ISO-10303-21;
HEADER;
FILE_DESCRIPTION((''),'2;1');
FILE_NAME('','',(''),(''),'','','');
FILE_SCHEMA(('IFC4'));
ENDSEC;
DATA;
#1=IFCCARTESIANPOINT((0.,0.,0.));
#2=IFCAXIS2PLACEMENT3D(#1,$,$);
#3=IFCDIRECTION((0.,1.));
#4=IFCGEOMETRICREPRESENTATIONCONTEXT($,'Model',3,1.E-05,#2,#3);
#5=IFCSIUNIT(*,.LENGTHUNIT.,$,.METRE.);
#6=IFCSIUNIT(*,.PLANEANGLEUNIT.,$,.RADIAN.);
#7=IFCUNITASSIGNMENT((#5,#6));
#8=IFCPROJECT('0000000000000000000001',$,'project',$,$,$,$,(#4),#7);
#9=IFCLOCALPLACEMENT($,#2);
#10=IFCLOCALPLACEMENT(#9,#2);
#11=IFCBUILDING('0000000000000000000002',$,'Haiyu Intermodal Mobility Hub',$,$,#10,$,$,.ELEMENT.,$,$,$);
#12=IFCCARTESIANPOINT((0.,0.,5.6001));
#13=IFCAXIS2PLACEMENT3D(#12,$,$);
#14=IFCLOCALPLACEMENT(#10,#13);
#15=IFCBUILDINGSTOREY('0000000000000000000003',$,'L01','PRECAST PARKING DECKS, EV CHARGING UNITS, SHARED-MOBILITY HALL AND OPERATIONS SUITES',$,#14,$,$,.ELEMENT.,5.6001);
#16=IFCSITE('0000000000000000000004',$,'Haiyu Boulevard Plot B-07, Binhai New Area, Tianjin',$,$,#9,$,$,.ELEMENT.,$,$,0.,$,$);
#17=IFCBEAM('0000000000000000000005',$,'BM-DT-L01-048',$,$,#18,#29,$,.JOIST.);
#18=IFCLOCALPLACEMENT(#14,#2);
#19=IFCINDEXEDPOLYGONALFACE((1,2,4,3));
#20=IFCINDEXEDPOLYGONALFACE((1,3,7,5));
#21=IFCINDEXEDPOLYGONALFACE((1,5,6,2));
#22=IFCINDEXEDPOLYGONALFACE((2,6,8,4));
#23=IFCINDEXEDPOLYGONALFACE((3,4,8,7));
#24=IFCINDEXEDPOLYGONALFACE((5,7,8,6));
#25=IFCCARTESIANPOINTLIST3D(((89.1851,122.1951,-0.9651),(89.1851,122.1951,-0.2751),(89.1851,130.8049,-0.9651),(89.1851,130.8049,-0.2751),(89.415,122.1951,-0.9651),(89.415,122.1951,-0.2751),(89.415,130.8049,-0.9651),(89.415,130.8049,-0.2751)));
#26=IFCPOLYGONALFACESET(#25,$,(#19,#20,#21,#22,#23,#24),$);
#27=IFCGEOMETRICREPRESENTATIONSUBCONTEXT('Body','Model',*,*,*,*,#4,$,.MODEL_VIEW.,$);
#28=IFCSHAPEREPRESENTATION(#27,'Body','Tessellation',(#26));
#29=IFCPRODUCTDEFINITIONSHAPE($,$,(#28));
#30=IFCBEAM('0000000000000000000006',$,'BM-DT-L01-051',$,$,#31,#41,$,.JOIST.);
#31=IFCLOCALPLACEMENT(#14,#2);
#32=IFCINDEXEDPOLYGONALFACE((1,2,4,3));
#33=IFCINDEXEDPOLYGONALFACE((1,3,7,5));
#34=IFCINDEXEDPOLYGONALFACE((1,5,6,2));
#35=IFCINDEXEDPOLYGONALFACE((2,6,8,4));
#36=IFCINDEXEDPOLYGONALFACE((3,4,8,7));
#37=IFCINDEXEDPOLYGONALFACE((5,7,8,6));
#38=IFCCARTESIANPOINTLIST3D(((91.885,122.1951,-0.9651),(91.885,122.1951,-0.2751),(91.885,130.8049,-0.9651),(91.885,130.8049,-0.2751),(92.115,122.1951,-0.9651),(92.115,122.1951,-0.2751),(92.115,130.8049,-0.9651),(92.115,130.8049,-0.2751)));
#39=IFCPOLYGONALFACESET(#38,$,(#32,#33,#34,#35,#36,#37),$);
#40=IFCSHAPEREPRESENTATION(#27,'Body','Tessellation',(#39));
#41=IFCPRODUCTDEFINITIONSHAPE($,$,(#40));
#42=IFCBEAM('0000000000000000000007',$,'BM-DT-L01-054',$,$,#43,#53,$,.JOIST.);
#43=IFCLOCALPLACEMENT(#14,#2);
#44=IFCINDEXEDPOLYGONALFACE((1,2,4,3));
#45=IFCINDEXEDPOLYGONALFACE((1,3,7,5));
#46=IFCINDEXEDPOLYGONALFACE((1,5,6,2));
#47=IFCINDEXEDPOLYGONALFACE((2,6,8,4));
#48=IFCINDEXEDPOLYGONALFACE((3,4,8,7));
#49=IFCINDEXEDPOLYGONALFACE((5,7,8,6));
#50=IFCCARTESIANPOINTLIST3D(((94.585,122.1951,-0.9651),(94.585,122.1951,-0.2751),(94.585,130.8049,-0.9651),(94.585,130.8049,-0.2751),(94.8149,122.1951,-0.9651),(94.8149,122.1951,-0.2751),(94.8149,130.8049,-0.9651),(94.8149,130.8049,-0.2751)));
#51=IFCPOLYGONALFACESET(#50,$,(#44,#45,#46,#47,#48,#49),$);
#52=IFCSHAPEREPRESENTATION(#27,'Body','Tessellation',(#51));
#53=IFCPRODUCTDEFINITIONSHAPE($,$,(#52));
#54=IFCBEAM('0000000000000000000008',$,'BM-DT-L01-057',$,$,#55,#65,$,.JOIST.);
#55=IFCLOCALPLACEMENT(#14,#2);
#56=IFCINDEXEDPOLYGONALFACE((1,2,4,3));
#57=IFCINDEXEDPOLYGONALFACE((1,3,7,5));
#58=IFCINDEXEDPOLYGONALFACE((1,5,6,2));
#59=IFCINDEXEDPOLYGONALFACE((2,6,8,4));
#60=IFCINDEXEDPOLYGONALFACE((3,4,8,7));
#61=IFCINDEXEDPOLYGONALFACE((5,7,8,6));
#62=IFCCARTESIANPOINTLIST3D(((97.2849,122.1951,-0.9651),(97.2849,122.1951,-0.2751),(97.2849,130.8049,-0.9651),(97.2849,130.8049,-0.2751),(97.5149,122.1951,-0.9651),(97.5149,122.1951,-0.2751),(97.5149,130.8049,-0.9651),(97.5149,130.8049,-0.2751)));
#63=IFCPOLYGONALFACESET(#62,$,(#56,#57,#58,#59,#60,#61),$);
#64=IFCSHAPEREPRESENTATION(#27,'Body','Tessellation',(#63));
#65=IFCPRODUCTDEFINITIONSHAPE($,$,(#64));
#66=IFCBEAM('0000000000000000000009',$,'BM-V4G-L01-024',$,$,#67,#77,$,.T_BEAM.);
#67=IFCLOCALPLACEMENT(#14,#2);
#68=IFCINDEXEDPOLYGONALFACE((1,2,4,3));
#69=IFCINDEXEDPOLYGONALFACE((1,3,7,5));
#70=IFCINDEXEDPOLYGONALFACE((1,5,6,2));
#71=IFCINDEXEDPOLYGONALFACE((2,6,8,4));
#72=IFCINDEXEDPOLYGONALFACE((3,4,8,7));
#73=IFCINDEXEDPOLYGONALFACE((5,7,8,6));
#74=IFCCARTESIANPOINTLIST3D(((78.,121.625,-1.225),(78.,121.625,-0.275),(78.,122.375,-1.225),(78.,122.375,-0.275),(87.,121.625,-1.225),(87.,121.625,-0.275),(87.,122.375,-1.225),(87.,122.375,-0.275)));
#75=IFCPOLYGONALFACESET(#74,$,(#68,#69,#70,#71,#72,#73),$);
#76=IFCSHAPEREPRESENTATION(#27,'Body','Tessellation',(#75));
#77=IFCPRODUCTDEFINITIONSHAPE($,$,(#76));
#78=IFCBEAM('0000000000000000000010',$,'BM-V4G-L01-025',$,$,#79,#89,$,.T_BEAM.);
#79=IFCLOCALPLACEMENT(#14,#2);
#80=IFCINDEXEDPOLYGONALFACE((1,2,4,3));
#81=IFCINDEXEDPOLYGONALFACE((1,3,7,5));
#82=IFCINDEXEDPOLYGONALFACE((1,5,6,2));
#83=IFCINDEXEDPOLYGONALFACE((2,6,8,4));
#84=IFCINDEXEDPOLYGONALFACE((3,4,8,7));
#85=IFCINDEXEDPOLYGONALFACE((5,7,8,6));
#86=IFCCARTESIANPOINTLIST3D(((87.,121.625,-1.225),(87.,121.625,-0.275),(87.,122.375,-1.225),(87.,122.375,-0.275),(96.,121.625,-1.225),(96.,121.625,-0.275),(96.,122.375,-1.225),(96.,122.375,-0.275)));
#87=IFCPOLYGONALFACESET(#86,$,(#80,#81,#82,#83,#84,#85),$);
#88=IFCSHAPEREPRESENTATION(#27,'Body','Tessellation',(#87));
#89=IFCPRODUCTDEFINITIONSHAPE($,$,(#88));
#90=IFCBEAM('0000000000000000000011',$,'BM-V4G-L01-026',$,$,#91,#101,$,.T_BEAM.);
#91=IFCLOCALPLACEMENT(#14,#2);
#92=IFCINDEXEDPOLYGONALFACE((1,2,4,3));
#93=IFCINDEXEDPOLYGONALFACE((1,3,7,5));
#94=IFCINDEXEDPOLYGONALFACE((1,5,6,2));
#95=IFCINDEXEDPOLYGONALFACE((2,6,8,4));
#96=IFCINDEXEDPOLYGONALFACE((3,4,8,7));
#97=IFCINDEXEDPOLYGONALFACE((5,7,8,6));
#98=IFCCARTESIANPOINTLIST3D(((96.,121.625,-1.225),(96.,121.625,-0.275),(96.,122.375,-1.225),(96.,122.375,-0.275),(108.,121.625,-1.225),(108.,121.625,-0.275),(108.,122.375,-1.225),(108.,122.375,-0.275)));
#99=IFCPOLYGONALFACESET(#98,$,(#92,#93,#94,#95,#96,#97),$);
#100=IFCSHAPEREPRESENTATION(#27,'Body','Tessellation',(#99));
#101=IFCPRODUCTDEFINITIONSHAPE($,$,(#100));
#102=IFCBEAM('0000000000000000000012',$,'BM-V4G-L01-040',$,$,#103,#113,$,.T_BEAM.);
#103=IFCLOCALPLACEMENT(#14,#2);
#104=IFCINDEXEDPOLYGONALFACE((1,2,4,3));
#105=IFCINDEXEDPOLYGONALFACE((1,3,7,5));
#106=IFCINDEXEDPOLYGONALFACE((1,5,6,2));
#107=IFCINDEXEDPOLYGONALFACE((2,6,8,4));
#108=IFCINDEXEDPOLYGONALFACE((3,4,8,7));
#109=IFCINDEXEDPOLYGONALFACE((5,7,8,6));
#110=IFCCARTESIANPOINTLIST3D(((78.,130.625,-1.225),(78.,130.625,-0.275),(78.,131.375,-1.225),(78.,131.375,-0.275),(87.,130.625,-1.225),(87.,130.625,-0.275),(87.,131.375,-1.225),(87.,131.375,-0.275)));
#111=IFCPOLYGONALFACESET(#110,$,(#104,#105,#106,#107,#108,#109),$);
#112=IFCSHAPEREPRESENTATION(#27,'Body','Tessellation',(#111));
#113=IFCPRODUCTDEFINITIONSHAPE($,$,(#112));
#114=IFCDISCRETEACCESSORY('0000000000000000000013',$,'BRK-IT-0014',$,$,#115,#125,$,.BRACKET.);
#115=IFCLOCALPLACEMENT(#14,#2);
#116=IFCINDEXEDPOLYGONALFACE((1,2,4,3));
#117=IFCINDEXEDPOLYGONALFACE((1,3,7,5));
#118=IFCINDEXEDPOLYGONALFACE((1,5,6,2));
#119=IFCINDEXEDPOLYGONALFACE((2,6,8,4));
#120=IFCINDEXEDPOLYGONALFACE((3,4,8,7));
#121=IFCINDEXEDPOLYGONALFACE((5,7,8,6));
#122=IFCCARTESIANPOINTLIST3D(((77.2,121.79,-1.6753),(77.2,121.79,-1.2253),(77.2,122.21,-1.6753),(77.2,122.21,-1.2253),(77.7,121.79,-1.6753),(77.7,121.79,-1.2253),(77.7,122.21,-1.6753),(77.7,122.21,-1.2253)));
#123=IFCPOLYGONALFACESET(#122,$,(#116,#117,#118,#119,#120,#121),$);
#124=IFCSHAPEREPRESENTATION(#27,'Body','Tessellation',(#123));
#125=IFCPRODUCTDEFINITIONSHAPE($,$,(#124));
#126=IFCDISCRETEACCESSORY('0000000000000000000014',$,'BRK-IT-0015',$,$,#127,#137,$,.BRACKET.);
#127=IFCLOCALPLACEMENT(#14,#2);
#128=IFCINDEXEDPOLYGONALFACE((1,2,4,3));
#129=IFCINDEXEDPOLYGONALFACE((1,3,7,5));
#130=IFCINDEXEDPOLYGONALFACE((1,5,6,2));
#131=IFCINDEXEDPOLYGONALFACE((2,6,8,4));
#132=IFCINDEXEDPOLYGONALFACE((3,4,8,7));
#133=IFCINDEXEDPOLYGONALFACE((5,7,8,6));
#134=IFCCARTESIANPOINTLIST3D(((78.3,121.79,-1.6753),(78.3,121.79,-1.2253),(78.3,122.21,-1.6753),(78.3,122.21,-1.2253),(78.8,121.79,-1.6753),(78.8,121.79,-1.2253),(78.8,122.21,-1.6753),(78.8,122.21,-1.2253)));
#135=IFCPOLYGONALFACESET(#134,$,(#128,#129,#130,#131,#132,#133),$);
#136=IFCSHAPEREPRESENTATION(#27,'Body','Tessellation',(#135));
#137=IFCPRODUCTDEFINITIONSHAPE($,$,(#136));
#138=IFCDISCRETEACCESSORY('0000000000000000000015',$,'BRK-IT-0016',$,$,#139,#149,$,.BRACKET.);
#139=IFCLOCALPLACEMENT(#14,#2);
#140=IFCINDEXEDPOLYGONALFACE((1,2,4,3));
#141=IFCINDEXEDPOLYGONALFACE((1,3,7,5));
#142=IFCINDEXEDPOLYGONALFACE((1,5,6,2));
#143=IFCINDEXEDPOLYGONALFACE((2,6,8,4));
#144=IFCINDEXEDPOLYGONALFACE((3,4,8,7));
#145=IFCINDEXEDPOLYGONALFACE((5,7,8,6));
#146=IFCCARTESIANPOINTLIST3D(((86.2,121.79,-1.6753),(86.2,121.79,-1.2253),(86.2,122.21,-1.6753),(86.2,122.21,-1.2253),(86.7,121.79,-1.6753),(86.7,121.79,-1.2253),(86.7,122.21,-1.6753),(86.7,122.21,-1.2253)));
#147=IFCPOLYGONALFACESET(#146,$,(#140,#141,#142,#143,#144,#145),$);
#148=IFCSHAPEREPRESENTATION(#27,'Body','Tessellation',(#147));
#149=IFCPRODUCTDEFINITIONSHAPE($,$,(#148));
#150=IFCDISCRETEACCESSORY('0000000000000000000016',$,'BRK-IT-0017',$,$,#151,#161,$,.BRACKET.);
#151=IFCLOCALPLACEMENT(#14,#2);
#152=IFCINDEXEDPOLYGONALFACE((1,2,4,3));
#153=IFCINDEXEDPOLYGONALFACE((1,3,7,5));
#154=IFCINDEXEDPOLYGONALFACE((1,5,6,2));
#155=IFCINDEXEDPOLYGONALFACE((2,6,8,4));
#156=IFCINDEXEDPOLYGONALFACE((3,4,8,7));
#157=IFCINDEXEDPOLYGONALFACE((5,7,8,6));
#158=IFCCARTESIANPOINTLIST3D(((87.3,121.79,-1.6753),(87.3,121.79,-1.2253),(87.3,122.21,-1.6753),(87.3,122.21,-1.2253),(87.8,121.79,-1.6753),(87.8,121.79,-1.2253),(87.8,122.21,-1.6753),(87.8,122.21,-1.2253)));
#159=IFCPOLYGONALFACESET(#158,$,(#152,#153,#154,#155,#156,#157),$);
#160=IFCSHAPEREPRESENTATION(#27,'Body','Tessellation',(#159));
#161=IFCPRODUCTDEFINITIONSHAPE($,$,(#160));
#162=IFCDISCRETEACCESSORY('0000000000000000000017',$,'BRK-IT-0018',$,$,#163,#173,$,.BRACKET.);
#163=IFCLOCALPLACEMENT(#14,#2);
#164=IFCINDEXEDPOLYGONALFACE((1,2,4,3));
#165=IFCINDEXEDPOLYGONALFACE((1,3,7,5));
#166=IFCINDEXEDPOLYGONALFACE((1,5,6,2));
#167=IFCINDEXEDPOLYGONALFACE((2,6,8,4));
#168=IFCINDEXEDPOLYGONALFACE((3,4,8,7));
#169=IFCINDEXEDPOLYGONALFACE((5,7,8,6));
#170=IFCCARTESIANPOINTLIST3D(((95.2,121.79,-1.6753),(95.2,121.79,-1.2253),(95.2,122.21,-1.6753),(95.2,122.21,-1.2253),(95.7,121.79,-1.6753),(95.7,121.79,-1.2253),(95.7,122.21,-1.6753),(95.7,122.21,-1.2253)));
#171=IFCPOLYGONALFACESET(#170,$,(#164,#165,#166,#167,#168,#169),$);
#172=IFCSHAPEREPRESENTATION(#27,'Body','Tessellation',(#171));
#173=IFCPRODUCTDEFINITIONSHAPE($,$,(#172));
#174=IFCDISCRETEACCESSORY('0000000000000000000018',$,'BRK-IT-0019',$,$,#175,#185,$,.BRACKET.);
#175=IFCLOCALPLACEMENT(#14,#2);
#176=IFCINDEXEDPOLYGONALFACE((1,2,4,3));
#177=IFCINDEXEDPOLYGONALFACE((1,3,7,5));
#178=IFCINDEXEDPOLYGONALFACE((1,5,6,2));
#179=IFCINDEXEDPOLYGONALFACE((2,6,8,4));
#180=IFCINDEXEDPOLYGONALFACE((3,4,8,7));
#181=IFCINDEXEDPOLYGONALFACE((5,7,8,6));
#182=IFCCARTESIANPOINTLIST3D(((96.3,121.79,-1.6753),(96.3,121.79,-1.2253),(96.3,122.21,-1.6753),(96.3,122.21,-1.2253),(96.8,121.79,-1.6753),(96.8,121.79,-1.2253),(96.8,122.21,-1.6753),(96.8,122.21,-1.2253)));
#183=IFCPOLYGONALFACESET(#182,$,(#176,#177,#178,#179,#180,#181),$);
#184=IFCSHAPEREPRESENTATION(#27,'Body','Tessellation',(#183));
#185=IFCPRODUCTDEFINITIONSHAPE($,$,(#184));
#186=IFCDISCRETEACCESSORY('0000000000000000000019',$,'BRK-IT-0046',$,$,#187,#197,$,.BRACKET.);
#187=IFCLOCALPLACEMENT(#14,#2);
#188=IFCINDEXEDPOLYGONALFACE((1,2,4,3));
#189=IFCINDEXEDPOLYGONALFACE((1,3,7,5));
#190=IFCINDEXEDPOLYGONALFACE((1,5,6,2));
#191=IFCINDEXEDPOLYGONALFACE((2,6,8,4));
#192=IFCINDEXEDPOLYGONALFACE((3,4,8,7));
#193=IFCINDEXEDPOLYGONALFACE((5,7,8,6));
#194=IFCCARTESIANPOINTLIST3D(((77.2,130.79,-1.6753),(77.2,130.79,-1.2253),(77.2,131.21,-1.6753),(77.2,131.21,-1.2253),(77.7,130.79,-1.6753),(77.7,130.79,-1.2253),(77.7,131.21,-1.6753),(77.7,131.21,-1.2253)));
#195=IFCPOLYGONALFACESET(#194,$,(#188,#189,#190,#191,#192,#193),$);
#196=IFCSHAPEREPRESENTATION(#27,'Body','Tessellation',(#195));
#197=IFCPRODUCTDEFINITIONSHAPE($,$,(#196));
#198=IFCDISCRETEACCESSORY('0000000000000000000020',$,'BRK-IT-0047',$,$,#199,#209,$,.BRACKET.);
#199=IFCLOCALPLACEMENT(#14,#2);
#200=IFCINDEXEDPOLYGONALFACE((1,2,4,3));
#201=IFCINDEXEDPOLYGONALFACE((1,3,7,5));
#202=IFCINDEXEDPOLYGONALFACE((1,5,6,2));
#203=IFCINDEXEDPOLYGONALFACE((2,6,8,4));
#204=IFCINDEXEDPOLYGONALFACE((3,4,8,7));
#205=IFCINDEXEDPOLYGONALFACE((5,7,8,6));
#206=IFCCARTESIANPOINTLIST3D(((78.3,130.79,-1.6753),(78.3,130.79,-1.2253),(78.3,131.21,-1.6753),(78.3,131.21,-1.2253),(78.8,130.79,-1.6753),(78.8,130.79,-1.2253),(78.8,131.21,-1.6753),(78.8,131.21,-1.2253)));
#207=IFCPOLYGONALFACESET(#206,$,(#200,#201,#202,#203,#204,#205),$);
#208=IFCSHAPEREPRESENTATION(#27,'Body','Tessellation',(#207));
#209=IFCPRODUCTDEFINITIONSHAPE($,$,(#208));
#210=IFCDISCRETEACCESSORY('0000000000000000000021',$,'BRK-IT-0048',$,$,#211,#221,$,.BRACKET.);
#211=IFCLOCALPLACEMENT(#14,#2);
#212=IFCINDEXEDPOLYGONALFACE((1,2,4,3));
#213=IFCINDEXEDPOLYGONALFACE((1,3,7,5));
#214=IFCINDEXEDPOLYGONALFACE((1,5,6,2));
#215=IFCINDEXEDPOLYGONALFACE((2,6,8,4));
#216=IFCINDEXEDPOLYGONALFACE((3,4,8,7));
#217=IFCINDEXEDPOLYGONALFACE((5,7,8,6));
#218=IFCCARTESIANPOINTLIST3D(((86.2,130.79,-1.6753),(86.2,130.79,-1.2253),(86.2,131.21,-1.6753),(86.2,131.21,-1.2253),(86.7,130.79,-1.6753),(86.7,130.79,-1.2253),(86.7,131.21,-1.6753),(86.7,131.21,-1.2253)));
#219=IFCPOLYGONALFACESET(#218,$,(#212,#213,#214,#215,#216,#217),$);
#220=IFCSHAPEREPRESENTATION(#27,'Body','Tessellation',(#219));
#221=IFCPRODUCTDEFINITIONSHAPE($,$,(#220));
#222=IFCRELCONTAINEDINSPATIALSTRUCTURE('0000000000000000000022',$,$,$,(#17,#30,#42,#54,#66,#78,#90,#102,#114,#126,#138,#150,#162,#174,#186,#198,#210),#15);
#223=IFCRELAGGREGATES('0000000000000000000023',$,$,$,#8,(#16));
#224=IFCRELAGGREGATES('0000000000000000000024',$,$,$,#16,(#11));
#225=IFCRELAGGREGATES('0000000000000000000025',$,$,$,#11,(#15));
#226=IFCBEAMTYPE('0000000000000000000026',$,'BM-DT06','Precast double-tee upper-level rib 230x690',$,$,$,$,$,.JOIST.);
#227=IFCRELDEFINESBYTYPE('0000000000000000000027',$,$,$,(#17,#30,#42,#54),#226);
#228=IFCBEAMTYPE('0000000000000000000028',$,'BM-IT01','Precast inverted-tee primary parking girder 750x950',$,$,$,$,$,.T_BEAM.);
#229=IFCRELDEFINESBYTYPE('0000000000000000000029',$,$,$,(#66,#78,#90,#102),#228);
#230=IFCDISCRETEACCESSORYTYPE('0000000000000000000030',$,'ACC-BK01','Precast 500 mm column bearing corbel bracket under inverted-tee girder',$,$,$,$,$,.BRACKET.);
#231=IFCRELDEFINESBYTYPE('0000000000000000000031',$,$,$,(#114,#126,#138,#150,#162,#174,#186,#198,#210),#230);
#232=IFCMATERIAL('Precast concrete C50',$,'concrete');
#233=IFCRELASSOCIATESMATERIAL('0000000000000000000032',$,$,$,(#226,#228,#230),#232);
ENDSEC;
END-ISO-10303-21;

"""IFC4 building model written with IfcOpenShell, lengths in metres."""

from ifc_helpers import new_model, si_unit, direction, frame, origin, origin_2d, place, context, subcontext, project, spatial, rectangle, extrude, material, material_profile, profile_set, type_object, element, save


model = new_model("IFC4")

# Units and contexts
model_context = context("Model", 3, precision=1e-05, world=origin(), true_north=direction((0.0, 1.0)))
body_context = subcontext(model_context, "Body", "Model", "MODEL_VIEW")
ifc_project = project(units=[si_unit("LENGTHUNIT", "METRE"), si_unit("PLANEANGLEUNIT", "RADIAN")], contexts=[model_context])

# Site, building, storey
site_placement = place(None, origin())
site = spatial("IfcSite", under=ifc_project, at=site_placement, Name="Haiyu Boulevard Plot B-07, Binhai New Area, Tianjin", CompositionType="ELEMENT", RefElevation=0.0)
building_placement = place(site_placement, origin())
building = spatial("IfcBuilding", under=site, at=building_placement, Name="Haiyu Intermodal Mobility Hub", CompositionType="ELEMENT")
storey_placement = place(building_placement, frame((0.0, 0.0, 5.6001)))
storey = spatial("IfcBuildingStorey", under=building, at=storey_placement, Name="L01", Description="PRECAST PARKING DECKS, EV CHARGING UNITS, SHARED-MOBILITY HALL AND OPERATIONS SUITES", CompositionType="ELEMENT", Elevation=5.6001)

# Beams
ifc_material_1 = material(Name="Precast concrete C50", Category="concrete")
ifc_material_profile_1 = material_profile(ifc_material_1, rectangle(XDim=0.23, YDim=0.6899, at=origin_2d()), Name="B230x690")
ifc_profile_set_1 = profile_set([ifc_material_profile_1], Name="Precast concrete C50")
beam_type_1 = type_object("IfcBeamType", Name="BM-DT06", Description="Precast double-tee upper-level rib 230x690", PredefinedType="JOIST", material=ifc_profile_set_1)
for number, where, z_axis, x_axis, name in (
    (1, (89.3, 122.1951, -0.6201), (0.0, 1.0, 0.0), (-1.0, 0.0, 0.0), "BM-DT-L01-048"),
    (2, (92.0, 122.1951, -0.6201), (0.0, 1.0, 0.0), (-1.0, 0.0, 0.0), "BM-DT-L01-051"),
    (3, (94.7, 122.1951, -0.6201), (0.0, 1.0, 0.0), (-1.0, 0.0, 0.0), "BM-DT-L01-054"),
    (4, (97.3999, 122.1951, -0.6201), (0.0, 1.0, 0.0), (-1.0, 0.0, 0.0), "BM-DT-L01-057"),
):
    element("IfcBeam", number, at=place(storey_placement, frame(where, z_axis=z_axis, x_axis=x_axis)), inside=storey, type_object=beam_type_1, Name=name, PredefinedType="JOIST", context=body_context, shape_type="SweptSolid", body=[
        extrude(rectangle(XDim=0.23, YDim=0.6899, at=origin_2d()), origin(), (0.0, 0.0, 1.0), 8.6099),
    ])
ifc_material_profile_2 = material_profile(ifc_material_1, rectangle(XDim=0.75, YDim=0.95, at=origin_2d()), Name="PC750x950")
ifc_profile_set_2 = profile_set([ifc_material_profile_2], Name="Precast concrete C50")
beam_type_2 = type_object("IfcBeamType", Name="BM-IT01", Description="Precast inverted-tee primary parking girder 750x950", PredefinedType="T_BEAM", material=ifc_profile_set_2)
for number, where, z_axis, x_axis, name in (
    (5, (78.0, 122.0, -0.75), (1.0, 0.0, 0.0), (0.0, 1.0, 0.0), "BM-V4G-L01-024"),
    (6, (87.0, 122.0, -0.75), (1.0, 0.0, 0.0), (0.0, 1.0, 0.0), "BM-V4G-L01-025"),
):
    element("IfcBeam", number, at=place(storey_placement, frame(where, z_axis=z_axis, x_axis=x_axis)), inside=storey, type_object=beam_type_2, Name=name, PredefinedType="T_BEAM", context=body_context, shape_type="SweptSolid", body=[
        extrude(rectangle(XDim=0.75, YDim=0.95, at=origin_2d()), origin(), (0.0, 0.0, 1.0), 9.0),
    ])
beam_1_placement = place(storey_placement, frame((96.0, 122.0, -0.75), z_axis=(1.0, 0.0, 0.0), x_axis=(0.0, 1.0, 0.0)))
element("IfcBeam", 7, at=beam_1_placement, inside=storey, type_object=beam_type_2, Name="BM-V4G-L01-026", PredefinedType="T_BEAM", context=body_context, shape_type="SweptSolid", body=[
    extrude(rectangle(XDim=0.75, YDim=0.95, at=origin_2d()), origin(), (0.0, 0.0, 1.0), 12.0),
])
beam_2_placement = place(storey_placement, frame((78.0, 131.0, -0.75), z_axis=(1.0, 0.0, 0.0), x_axis=(0.0, 1.0, 0.0)))
element("IfcBeam", 8, at=beam_2_placement, inside=storey, type_object=beam_type_2, Name="BM-V4G-L01-040", PredefinedType="T_BEAM", context=body_context, shape_type="SweptSolid", body=[
    extrude(rectangle(XDim=0.75, YDim=0.95, at=origin_2d()), origin(), (0.0, 0.0, 1.0), 9.0),
])

# Discrete accessories
discrete_accessory_type = type_object("IfcDiscreteAccessoryType", Name="ACC-BK01", Description="Precast 500 mm column bearing corbel bracket under inverted-tee girder", PredefinedType="BRACKET", material=ifc_material_1)
for number, where, z_axis, x_axis, name in (
    (9, (77.45, 122.0, -1.6753), (0.0, 0.0, 1.0), (1.0, 0.0, 0.0), "BRK-IT-0014"),
    (10, (78.55, 122.0, -1.6753), (0.0, 0.0, 1.0), (1.0, 0.0, 0.0), "BRK-IT-0015"),
    (11, (86.45, 122.0, -1.6753), (0.0, 0.0, 1.0), (1.0, 0.0, 0.0), "BRK-IT-0016"),
    (12, (87.55, 122.0, -1.6753), (0.0, 0.0, 1.0), (1.0, 0.0, 0.0), "BRK-IT-0017"),
    (13, (95.45, 122.0, -1.6753), (0.0, 0.0, 1.0), (1.0, 0.0, 0.0), "BRK-IT-0018"),
    (14, (96.55, 122.0, -1.6753), (0.0, 0.0, 1.0), (1.0, 0.0, 0.0), "BRK-IT-0019"),
    (15, (77.45, 131.0, -1.6753), (0.0, 0.0, 1.0), (1.0, 0.0, 0.0), "BRK-IT-0046"),
    (16, (78.55, 131.0, -1.6753), (0.0, 0.0, 1.0), (1.0, 0.0, 0.0), "BRK-IT-0047"),
    (17, (86.45, 131.0, -1.6753), (0.0, 0.0, 1.0), (1.0, 0.0, 0.0), "BRK-IT-0048"),
):
    element("IfcDiscreteAccessory", number, at=place(storey_placement, frame(where, z_axis=z_axis, x_axis=x_axis)), inside=storey, type_object=discrete_accessory_type, Name=name, PredefinedType="BRACKET", context=body_context, shape_type="SweptSolid", body=[
        extrude(rectangle(XDim=0.5, YDim=0.4199, at=origin_2d()), origin(), (0.0, 0.0, 1.0), 0.45),
    ])

save(model, "model.ifc")
